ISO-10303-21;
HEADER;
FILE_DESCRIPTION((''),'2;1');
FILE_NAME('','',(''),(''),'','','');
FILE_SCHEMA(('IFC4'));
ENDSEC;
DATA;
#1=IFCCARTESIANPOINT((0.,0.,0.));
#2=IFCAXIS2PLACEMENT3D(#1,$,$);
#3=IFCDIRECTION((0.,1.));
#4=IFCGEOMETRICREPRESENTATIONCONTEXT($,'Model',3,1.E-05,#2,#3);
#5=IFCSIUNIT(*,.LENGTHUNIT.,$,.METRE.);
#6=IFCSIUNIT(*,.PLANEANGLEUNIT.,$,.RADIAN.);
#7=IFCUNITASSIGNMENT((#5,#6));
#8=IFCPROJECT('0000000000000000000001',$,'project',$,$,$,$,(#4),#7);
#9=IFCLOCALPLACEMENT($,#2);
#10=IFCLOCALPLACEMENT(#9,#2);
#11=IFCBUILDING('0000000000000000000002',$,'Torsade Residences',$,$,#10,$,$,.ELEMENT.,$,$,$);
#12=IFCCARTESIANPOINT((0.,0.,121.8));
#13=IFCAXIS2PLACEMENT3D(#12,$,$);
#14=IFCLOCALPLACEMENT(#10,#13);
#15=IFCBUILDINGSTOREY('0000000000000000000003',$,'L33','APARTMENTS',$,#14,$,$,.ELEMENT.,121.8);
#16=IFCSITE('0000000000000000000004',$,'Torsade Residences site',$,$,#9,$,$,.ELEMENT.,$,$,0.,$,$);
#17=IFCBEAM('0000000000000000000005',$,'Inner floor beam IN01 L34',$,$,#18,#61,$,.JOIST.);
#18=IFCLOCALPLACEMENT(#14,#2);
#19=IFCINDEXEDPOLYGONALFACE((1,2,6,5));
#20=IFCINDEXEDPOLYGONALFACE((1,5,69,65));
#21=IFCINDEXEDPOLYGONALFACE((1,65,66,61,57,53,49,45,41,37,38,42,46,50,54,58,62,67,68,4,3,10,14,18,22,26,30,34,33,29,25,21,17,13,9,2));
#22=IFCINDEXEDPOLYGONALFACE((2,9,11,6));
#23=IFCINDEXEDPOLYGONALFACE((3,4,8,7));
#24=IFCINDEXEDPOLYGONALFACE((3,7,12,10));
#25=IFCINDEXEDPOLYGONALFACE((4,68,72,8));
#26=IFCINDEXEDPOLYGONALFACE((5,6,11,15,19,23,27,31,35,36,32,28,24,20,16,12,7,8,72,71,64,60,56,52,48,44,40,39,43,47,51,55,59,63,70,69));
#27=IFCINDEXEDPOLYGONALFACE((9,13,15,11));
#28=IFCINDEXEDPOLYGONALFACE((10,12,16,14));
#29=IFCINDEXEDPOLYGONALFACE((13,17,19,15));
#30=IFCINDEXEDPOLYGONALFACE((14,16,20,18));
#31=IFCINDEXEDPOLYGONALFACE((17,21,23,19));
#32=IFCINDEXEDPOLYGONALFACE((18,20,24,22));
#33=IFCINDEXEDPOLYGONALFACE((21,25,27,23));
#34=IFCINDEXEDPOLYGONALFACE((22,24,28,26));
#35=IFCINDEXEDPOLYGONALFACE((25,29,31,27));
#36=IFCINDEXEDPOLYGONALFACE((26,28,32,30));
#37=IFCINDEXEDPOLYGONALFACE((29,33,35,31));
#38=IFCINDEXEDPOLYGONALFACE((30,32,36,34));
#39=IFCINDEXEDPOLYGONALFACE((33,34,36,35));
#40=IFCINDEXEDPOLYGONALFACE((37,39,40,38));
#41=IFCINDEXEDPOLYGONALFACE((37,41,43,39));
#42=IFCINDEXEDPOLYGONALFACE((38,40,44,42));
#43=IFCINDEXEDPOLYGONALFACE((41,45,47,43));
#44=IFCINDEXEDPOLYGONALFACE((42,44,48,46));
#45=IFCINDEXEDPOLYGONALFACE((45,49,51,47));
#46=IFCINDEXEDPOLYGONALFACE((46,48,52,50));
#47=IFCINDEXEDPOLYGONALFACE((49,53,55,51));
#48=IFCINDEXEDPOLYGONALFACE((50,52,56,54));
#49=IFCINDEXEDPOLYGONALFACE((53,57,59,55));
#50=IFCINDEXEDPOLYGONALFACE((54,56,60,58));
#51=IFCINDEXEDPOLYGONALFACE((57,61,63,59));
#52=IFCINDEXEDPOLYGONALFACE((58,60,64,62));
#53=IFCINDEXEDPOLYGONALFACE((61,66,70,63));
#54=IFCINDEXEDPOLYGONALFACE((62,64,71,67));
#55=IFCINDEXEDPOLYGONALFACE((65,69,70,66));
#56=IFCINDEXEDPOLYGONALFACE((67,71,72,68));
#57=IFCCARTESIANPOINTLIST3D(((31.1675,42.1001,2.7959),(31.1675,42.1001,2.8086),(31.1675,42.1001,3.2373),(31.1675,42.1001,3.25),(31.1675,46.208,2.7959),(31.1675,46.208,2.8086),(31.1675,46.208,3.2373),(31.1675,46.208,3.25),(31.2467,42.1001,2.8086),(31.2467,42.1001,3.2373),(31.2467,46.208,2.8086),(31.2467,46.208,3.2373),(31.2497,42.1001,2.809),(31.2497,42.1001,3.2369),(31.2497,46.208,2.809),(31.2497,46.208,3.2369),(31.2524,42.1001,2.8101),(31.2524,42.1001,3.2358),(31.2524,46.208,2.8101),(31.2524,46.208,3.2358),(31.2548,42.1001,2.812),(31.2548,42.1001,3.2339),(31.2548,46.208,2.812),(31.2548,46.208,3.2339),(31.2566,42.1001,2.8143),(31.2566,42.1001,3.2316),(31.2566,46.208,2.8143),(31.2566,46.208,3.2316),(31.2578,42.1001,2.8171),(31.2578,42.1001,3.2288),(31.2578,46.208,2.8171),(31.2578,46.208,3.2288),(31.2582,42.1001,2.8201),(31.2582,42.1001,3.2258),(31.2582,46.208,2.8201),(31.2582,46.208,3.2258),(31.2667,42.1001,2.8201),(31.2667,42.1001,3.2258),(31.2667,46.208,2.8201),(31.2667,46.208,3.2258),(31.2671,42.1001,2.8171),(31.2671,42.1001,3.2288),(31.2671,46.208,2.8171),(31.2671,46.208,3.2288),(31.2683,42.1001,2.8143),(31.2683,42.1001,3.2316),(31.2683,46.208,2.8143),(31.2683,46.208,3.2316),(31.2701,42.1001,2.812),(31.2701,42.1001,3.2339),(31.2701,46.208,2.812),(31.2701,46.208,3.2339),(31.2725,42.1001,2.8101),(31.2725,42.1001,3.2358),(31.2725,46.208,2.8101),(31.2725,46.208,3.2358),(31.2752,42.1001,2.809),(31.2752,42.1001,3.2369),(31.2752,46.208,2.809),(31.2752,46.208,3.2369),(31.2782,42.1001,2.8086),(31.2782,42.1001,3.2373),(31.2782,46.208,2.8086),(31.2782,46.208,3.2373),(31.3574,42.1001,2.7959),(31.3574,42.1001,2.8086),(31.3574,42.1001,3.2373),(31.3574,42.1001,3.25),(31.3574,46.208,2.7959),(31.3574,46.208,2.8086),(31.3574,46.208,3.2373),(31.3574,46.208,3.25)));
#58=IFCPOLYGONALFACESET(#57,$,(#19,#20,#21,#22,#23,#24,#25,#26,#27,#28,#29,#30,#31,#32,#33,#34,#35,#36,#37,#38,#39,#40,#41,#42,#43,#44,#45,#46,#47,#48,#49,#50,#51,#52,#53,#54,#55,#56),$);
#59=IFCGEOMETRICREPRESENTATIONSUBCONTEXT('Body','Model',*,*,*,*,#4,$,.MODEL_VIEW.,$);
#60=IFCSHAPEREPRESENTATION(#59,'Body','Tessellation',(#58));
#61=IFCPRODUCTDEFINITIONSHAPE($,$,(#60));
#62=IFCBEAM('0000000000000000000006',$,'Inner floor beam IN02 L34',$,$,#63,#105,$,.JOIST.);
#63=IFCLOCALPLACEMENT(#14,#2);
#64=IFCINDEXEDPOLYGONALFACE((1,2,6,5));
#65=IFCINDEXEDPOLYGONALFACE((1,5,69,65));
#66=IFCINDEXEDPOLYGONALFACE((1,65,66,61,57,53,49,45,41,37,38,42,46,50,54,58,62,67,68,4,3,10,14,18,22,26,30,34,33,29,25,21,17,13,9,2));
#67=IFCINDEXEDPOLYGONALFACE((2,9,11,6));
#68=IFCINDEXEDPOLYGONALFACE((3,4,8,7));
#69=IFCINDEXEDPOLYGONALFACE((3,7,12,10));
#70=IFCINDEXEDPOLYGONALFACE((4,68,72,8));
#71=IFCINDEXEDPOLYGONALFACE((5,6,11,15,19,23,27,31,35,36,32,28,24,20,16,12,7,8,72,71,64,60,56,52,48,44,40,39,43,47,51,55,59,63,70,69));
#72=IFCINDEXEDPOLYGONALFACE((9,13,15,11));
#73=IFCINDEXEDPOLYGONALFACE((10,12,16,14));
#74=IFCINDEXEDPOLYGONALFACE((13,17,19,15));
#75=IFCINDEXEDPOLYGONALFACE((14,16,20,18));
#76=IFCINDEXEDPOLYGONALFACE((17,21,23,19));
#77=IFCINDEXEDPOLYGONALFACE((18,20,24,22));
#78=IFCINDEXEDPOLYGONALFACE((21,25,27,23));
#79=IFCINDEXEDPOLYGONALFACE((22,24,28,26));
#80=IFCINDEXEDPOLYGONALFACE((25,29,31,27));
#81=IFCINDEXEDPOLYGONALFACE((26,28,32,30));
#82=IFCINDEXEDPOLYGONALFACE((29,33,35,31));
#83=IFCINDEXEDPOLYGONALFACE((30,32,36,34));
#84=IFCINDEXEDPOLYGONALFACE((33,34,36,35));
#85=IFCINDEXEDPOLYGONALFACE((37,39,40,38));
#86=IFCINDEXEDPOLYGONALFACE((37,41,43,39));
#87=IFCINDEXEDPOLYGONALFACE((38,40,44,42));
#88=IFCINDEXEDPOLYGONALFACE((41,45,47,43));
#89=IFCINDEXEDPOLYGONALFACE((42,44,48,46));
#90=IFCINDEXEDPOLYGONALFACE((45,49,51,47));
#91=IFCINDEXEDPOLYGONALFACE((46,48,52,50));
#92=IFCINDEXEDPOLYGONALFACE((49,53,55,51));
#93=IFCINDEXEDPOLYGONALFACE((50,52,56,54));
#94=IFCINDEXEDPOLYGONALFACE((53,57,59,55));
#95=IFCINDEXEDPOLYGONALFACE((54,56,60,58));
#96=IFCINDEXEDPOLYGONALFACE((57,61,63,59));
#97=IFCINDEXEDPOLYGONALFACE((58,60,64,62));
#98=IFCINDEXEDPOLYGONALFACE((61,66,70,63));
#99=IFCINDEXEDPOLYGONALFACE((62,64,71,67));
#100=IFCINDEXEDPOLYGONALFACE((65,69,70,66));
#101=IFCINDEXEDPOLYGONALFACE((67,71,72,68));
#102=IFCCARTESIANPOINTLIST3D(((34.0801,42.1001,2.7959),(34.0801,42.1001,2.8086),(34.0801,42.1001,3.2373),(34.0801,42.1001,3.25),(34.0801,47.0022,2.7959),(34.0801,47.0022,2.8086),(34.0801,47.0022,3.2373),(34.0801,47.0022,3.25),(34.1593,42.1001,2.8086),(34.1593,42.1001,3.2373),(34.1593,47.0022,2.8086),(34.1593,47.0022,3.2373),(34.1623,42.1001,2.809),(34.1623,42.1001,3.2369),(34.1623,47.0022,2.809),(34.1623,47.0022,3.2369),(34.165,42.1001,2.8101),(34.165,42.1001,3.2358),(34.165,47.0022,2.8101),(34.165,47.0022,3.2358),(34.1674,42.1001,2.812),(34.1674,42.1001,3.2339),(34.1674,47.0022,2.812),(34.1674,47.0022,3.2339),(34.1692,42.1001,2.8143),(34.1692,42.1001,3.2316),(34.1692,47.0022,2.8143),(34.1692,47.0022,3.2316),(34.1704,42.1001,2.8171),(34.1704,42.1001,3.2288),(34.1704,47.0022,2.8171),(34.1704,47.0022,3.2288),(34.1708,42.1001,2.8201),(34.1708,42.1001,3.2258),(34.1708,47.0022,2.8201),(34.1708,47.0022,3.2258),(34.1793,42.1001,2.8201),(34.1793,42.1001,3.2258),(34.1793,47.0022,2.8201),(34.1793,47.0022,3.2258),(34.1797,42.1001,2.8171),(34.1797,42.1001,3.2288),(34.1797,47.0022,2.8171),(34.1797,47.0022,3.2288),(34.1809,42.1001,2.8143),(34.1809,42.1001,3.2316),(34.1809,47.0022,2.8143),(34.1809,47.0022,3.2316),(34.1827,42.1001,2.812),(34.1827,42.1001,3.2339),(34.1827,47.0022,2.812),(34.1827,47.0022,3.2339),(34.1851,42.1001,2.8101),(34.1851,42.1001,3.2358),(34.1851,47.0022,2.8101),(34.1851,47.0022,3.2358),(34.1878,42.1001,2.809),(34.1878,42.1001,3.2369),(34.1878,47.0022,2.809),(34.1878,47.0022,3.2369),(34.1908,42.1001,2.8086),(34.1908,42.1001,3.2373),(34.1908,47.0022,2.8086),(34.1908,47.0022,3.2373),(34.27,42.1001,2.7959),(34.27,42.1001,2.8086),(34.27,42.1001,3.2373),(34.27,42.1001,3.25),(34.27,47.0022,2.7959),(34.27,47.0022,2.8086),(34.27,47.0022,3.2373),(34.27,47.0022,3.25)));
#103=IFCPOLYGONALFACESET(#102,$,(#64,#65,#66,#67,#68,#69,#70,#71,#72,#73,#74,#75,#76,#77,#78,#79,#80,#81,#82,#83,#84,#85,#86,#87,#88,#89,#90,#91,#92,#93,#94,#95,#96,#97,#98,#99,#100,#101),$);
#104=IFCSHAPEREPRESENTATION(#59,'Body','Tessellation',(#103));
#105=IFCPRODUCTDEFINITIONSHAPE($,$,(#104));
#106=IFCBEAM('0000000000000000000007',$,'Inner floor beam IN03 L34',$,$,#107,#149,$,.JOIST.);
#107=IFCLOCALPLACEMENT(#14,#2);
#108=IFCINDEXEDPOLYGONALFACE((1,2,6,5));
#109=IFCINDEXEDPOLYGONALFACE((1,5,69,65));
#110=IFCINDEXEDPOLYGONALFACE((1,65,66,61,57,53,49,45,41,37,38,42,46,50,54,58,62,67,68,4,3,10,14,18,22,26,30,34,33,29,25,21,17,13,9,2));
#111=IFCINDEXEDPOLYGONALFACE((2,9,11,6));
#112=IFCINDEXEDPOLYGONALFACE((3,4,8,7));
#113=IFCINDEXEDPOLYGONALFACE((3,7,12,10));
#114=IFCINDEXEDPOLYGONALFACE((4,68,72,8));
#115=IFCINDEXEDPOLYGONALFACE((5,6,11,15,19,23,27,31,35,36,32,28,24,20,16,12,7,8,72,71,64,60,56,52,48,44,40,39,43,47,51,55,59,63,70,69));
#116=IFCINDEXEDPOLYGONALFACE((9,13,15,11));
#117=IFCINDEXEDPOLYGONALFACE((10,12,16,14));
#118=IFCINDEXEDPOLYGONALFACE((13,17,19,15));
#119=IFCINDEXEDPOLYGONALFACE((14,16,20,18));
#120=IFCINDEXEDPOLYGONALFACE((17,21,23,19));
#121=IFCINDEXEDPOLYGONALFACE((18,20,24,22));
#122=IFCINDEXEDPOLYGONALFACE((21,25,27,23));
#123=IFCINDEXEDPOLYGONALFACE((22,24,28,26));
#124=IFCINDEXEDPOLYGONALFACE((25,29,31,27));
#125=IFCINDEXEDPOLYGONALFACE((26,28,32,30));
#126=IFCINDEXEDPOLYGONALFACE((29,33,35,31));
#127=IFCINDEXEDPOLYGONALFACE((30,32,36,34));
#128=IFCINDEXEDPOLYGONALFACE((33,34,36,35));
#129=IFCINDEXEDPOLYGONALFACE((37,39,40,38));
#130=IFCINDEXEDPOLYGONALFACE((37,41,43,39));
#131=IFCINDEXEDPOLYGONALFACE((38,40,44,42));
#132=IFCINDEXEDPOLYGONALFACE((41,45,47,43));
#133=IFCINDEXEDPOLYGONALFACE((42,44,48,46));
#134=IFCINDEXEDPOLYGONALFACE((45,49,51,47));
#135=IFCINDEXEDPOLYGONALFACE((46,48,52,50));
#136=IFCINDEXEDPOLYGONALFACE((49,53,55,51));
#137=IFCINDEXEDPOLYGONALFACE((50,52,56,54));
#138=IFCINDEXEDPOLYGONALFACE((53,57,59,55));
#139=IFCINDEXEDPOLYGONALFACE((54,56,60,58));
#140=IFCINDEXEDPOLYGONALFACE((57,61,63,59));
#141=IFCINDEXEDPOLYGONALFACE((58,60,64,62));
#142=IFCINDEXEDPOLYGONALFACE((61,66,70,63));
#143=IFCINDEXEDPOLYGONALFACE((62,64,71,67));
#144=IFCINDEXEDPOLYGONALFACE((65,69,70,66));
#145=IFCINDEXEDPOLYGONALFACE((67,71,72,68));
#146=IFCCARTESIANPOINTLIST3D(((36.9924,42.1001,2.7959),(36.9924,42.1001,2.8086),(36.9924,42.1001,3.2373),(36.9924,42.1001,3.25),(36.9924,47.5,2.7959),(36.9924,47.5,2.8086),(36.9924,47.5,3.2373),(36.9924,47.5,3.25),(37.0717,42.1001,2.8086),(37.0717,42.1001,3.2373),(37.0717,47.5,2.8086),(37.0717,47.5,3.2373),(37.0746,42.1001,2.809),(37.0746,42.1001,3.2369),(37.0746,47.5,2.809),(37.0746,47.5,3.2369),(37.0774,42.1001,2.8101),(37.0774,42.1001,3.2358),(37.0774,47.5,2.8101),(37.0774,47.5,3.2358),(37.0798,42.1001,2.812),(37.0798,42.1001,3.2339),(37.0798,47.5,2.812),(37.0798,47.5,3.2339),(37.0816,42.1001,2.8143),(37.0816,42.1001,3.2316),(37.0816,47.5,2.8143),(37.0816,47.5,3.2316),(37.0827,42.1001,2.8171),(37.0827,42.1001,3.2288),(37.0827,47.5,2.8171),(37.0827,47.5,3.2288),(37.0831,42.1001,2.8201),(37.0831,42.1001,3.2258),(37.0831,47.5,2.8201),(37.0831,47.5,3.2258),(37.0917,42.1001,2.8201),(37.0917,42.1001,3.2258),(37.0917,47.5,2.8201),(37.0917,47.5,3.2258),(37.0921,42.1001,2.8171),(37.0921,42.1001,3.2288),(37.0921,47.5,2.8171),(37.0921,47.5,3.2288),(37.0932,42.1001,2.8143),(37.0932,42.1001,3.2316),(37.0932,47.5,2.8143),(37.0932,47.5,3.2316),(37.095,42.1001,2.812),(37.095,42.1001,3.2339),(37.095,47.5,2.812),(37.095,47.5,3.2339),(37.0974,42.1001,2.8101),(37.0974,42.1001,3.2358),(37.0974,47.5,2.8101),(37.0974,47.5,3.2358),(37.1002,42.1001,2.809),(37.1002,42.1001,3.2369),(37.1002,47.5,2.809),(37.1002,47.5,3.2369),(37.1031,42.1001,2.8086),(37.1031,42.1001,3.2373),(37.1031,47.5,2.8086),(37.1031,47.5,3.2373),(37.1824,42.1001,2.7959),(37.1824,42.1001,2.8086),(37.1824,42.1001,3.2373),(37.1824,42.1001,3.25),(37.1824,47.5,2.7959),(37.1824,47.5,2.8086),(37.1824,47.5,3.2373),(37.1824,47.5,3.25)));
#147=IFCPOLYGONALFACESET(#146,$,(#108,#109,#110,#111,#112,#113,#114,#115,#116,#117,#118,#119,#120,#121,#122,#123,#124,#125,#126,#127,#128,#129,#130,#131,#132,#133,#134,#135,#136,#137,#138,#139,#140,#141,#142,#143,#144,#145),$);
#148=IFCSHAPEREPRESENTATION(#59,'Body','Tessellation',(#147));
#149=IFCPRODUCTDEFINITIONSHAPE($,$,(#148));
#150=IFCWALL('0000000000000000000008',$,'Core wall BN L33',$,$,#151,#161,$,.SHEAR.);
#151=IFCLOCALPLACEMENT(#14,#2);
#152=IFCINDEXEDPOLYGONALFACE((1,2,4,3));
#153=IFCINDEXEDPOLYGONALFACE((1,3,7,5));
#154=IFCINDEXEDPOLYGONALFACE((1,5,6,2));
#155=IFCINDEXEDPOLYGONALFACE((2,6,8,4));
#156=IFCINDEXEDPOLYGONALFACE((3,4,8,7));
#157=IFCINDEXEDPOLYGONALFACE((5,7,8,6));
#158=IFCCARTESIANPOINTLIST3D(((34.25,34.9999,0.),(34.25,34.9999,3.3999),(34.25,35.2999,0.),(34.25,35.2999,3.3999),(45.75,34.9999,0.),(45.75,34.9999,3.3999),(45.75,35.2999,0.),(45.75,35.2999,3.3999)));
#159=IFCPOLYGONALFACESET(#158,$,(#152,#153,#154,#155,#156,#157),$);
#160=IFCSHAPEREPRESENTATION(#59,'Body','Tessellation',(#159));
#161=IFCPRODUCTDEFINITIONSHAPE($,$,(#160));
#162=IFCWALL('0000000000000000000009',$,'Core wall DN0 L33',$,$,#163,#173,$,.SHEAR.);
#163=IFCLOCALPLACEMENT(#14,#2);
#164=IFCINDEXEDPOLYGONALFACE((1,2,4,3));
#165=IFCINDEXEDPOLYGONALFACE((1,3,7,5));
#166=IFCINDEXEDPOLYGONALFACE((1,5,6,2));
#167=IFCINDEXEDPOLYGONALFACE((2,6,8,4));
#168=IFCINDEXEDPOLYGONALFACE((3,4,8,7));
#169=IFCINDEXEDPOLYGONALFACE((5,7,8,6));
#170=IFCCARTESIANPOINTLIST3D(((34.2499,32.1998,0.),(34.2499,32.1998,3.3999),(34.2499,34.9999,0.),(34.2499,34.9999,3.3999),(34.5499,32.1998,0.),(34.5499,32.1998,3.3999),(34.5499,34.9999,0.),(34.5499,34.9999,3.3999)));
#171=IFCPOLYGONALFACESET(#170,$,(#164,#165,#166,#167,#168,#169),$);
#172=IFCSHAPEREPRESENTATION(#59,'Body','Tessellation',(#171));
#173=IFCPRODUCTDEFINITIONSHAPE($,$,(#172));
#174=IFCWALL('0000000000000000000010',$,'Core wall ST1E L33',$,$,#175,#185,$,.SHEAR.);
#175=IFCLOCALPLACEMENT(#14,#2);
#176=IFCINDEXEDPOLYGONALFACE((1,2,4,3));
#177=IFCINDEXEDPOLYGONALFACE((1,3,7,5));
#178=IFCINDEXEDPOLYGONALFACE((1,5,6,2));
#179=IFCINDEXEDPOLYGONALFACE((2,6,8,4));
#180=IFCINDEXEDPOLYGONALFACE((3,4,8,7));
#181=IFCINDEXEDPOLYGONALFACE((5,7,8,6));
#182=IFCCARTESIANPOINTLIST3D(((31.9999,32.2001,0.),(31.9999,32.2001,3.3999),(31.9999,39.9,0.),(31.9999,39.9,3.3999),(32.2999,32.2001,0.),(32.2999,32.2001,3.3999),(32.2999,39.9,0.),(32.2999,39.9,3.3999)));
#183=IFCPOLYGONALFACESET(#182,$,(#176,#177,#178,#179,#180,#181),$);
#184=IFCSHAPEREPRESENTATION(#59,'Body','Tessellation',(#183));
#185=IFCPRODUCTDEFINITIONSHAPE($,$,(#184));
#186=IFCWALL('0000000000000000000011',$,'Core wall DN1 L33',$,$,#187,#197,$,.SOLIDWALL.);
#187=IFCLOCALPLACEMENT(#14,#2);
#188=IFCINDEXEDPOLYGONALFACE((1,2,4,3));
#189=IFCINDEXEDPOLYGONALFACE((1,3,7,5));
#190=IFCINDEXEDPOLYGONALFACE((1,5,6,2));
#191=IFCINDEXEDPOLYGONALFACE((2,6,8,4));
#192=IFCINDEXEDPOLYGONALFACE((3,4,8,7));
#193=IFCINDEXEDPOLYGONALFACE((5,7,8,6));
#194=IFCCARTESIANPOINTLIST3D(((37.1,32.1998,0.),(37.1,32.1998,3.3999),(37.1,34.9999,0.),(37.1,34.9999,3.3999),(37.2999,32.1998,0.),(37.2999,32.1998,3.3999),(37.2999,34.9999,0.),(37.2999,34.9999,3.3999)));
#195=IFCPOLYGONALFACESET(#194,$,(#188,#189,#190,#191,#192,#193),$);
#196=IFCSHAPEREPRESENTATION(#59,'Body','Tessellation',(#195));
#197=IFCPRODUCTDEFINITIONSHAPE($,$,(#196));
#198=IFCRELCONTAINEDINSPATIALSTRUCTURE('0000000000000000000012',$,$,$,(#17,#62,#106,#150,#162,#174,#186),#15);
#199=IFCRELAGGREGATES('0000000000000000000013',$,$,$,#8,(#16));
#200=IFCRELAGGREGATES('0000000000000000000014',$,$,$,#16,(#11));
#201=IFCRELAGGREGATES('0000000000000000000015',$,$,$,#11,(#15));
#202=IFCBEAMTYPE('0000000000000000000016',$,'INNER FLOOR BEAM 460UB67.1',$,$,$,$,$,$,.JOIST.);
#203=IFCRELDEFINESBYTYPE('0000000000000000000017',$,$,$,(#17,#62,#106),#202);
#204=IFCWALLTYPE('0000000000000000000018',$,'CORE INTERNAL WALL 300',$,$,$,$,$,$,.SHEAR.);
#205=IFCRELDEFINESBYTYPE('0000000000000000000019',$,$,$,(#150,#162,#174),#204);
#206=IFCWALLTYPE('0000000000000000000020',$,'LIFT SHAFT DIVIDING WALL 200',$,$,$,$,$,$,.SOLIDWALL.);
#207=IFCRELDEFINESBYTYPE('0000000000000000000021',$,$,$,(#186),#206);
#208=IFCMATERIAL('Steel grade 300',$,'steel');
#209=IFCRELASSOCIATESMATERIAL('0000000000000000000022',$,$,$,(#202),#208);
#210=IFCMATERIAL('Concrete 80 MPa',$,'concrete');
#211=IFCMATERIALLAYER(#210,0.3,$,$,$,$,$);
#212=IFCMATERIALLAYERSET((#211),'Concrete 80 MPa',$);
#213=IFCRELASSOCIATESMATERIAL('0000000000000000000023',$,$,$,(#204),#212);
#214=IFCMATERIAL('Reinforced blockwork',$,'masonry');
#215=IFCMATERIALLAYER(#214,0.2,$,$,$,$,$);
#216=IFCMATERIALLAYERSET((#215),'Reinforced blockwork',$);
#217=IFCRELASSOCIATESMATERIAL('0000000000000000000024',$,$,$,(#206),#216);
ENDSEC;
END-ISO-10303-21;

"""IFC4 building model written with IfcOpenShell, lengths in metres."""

from ifc_helpers import new_model, si_unit, direction, frame, frame_2d, origin, origin_2d, place, context, subcontext, project, spatial, rectangle, i_section, extrude, material, layer, layer_set, material_profile, profile_set, type_object, element, save


model = new_model("IFC4")

# Units and contexts
model_context = context("Model", 3, precision=1e-05, world=origin(), true_north=direction((0.0, 1.0)))
body_context = subcontext(model_context, "Body", "Model", "MODEL_VIEW")
ifc_project = project(units=[si_unit("LENGTHUNIT", "METRE"), si_unit("PLANEANGLEUNIT", "RADIAN")], contexts=[model_context])

# Site, building, storey
site_placement = place(None, origin())
site = spatial("IfcSite", under=ifc_project, at=site_placement, Name="Torsade Residences site", CompositionType="ELEMENT", RefElevation=0.0)
building_placement = place(site_placement, origin())
building = spatial("IfcBuilding", under=site, at=building_placement, Name="Torsade Residences", CompositionType="ELEMENT")
storey_placement = place(building_placement, frame((0.0, 0.0, 121.8)))
storey = spatial("IfcBuildingStorey", under=building, at=storey_placement, Name="L33", Description="APARTMENTS", CompositionType="ELEMENT", Elevation=121.8)

# Beams
ifc_material_1 = material(Name="Steel grade 300", Category="steel")
ifc_material_profile = material_profile(ifc_material_1, i_section(OverallWidth=0.1899, OverallDepth=0.4541, WebThickness=0.0085, FlangeThickness=0.0127, FilletRadius=0.0115, at=origin_2d()), Name="460UB67.1")
ifc_profile_set = profile_set([ifc_material_profile], Name="Steel grade 300")
beam_type = type_object("IfcBeamType", Name="INNER FLOOR BEAM 460UB67.1", PredefinedType="JOIST", material=ifc_profile_set)
beam_1_placement = place(storey_placement, frame((31.2625, 42.1001, 3.0229), z_axis=(0.0, 1.0, 0.0), x_axis=(-1.0, 0.0, 0.0)))
element("IfcBeam", 1, at=beam_1_placement, inside=storey, type_object=beam_type, Name="Inner floor beam IN01 L34", PredefinedType="JOIST", context=body_context, shape_type="SweptSolid", body=[
    extrude(i_section(OverallWidth=0.1899, OverallDepth=0.4541, WebThickness=0.0085, FlangeThickness=0.0127, FilletRadius=0.0115, at=origin_2d()), origin(), (0.0, 0.0, 1.0), 4.1079),
])
beam_2_placement = place(storey_placement, frame((34.175, 42.1001, 3.0229), z_axis=(0.0, 1.0, 0.0), x_axis=(-1.0, 0.0, 0.0)))
element("IfcBeam", 2, at=beam_2_placement, inside=storey, type_object=beam_type, Name="Inner floor beam IN02 L34", PredefinedType="JOIST", context=body_context, shape_type="SweptSolid", body=[
    extrude(i_section(OverallWidth=0.1899, OverallDepth=0.4541, WebThickness=0.0085, FlangeThickness=0.0127, FilletRadius=0.0115, at=origin_2d()), origin(), (0.0, 0.0, 1.0), 4.9021),
])
beam_3_placement = place(storey_placement, frame((37.0874, 42.1001, 3.0229), z_axis=(0.0, 1.0, 0.0), x_axis=(-1.0, 0.0, 0.0)))
element("IfcBeam", 3, at=beam_3_placement, inside=storey, type_object=beam_type, Name="Inner floor beam IN03 L34", PredefinedType="JOIST", context=body_context, shape_type="SweptSolid", body=[
    extrude(i_section(OverallWidth=0.1899, OverallDepth=0.4541, WebThickness=0.0085, FlangeThickness=0.0127, FilletRadius=0.0115, at=origin_2d()), origin(), (0.0, 0.0, 1.0), 5.3999),
])

# Walls
ifc_material_2 = material(Name="Concrete 80 MPa", Category="concrete")
ifc_layer_1 = layer(ifc_material_2, 0.3)
ifc_layer_set_1 = layer_set([ifc_layer_1], Name="Concrete 80 MPa")
wall_type_1 = type_object("IfcWallType", Name="CORE INTERNAL WALL 300", PredefinedType="SHEAR", material=ifc_layer_set_1)
wall_1_placement = place(storey_placement, frame((34.25, 35.1499, 0.0), z_axis=(0.0, 0.0, 1.0), x_axis=(1.0, 0.0, 0.0)))
element("IfcWall", 4, at=wall_1_placement, inside=storey, type_object=wall_type_1, Name="Core wall BN L33", PredefinedType="SHEAR", context=body_context, shape_type="SweptSolid", body=[
    extrude(rectangle(XDim=11.5, YDim=0.3, at=frame_2d((5.75, 0.0))), origin(), (0.0, 0.0, 1.0), 3.3999),
])
wall_2_placement = place(storey_placement, frame((34.3999, 32.2, 0.0), z_axis=(0.0, 0.0, 1.0), x_axis=(0.0, 1.0, 0.0)))
element("IfcWall", 5, at=wall_2_placement, inside=storey, type_object=wall_type_1, Name="Core wall DN0 L33", PredefinedType="SHEAR", context=body_context, shape_type="SweptSolid", body=[
    extrude(rectangle(XDim=2.8, YDim=0.3, at=frame_2d((1.3999, 0.0))), origin(), (0.0, 0.0, 1.0), 3.3999),
])
wall_3_placement = place(storey_placement, frame((32.1499, 32.2, 0.0), z_axis=(0.0, 0.0, 1.0), x_axis=(0.0, 1.0, 0.0)))
element("IfcWall", 6, at=wall_3_placement, inside=storey, type_object=wall_type_1, Name="Core wall ST1E L33", PredefinedType="SHEAR", context=body_context, shape_type="SweptSolid", body=[
    extrude(rectangle(XDim=7.7, YDim=0.3, at=frame_2d((3.8501, 0.0))), origin(), (0.0, 0.0, 1.0), 3.3999),
])
ifc_material_3 = material(Name="Reinforced blockwork", Category="masonry")
ifc_layer_2 = layer(ifc_material_3, 0.2)
ifc_layer_set_2 = layer_set([ifc_layer_2], Name="Reinforced blockwork")
wall_type_2 = type_object("IfcWallType", Name="LIFT SHAFT DIVIDING WALL 200", PredefinedType="SOLIDWALL", material=ifc_layer_set_2)
for number, where, z_axis, x_axis, name in (
    (7, (37.2, 32.2, 0.0), (0.0, 0.0, 1.0), (0.0, 1.0, 0.0), "Core wall DN1 L33"),
):
    element("IfcWall", number, at=place(storey_placement, frame(where, z_axis=z_axis, x_axis=x_axis)), inside=storey, type_object=wall_type_2, Name=name, PredefinedType="SOLIDWALL", context=body_context, shape_type="SweptSolid", body=[
        extrude(rectangle(XDim=2.8, YDim=0.2, at=frame_2d((1.3999, 0.0))), origin(), (0.0, 0.0, 1.0), 3.3999),
    ])

save(model, "model.ifc")
